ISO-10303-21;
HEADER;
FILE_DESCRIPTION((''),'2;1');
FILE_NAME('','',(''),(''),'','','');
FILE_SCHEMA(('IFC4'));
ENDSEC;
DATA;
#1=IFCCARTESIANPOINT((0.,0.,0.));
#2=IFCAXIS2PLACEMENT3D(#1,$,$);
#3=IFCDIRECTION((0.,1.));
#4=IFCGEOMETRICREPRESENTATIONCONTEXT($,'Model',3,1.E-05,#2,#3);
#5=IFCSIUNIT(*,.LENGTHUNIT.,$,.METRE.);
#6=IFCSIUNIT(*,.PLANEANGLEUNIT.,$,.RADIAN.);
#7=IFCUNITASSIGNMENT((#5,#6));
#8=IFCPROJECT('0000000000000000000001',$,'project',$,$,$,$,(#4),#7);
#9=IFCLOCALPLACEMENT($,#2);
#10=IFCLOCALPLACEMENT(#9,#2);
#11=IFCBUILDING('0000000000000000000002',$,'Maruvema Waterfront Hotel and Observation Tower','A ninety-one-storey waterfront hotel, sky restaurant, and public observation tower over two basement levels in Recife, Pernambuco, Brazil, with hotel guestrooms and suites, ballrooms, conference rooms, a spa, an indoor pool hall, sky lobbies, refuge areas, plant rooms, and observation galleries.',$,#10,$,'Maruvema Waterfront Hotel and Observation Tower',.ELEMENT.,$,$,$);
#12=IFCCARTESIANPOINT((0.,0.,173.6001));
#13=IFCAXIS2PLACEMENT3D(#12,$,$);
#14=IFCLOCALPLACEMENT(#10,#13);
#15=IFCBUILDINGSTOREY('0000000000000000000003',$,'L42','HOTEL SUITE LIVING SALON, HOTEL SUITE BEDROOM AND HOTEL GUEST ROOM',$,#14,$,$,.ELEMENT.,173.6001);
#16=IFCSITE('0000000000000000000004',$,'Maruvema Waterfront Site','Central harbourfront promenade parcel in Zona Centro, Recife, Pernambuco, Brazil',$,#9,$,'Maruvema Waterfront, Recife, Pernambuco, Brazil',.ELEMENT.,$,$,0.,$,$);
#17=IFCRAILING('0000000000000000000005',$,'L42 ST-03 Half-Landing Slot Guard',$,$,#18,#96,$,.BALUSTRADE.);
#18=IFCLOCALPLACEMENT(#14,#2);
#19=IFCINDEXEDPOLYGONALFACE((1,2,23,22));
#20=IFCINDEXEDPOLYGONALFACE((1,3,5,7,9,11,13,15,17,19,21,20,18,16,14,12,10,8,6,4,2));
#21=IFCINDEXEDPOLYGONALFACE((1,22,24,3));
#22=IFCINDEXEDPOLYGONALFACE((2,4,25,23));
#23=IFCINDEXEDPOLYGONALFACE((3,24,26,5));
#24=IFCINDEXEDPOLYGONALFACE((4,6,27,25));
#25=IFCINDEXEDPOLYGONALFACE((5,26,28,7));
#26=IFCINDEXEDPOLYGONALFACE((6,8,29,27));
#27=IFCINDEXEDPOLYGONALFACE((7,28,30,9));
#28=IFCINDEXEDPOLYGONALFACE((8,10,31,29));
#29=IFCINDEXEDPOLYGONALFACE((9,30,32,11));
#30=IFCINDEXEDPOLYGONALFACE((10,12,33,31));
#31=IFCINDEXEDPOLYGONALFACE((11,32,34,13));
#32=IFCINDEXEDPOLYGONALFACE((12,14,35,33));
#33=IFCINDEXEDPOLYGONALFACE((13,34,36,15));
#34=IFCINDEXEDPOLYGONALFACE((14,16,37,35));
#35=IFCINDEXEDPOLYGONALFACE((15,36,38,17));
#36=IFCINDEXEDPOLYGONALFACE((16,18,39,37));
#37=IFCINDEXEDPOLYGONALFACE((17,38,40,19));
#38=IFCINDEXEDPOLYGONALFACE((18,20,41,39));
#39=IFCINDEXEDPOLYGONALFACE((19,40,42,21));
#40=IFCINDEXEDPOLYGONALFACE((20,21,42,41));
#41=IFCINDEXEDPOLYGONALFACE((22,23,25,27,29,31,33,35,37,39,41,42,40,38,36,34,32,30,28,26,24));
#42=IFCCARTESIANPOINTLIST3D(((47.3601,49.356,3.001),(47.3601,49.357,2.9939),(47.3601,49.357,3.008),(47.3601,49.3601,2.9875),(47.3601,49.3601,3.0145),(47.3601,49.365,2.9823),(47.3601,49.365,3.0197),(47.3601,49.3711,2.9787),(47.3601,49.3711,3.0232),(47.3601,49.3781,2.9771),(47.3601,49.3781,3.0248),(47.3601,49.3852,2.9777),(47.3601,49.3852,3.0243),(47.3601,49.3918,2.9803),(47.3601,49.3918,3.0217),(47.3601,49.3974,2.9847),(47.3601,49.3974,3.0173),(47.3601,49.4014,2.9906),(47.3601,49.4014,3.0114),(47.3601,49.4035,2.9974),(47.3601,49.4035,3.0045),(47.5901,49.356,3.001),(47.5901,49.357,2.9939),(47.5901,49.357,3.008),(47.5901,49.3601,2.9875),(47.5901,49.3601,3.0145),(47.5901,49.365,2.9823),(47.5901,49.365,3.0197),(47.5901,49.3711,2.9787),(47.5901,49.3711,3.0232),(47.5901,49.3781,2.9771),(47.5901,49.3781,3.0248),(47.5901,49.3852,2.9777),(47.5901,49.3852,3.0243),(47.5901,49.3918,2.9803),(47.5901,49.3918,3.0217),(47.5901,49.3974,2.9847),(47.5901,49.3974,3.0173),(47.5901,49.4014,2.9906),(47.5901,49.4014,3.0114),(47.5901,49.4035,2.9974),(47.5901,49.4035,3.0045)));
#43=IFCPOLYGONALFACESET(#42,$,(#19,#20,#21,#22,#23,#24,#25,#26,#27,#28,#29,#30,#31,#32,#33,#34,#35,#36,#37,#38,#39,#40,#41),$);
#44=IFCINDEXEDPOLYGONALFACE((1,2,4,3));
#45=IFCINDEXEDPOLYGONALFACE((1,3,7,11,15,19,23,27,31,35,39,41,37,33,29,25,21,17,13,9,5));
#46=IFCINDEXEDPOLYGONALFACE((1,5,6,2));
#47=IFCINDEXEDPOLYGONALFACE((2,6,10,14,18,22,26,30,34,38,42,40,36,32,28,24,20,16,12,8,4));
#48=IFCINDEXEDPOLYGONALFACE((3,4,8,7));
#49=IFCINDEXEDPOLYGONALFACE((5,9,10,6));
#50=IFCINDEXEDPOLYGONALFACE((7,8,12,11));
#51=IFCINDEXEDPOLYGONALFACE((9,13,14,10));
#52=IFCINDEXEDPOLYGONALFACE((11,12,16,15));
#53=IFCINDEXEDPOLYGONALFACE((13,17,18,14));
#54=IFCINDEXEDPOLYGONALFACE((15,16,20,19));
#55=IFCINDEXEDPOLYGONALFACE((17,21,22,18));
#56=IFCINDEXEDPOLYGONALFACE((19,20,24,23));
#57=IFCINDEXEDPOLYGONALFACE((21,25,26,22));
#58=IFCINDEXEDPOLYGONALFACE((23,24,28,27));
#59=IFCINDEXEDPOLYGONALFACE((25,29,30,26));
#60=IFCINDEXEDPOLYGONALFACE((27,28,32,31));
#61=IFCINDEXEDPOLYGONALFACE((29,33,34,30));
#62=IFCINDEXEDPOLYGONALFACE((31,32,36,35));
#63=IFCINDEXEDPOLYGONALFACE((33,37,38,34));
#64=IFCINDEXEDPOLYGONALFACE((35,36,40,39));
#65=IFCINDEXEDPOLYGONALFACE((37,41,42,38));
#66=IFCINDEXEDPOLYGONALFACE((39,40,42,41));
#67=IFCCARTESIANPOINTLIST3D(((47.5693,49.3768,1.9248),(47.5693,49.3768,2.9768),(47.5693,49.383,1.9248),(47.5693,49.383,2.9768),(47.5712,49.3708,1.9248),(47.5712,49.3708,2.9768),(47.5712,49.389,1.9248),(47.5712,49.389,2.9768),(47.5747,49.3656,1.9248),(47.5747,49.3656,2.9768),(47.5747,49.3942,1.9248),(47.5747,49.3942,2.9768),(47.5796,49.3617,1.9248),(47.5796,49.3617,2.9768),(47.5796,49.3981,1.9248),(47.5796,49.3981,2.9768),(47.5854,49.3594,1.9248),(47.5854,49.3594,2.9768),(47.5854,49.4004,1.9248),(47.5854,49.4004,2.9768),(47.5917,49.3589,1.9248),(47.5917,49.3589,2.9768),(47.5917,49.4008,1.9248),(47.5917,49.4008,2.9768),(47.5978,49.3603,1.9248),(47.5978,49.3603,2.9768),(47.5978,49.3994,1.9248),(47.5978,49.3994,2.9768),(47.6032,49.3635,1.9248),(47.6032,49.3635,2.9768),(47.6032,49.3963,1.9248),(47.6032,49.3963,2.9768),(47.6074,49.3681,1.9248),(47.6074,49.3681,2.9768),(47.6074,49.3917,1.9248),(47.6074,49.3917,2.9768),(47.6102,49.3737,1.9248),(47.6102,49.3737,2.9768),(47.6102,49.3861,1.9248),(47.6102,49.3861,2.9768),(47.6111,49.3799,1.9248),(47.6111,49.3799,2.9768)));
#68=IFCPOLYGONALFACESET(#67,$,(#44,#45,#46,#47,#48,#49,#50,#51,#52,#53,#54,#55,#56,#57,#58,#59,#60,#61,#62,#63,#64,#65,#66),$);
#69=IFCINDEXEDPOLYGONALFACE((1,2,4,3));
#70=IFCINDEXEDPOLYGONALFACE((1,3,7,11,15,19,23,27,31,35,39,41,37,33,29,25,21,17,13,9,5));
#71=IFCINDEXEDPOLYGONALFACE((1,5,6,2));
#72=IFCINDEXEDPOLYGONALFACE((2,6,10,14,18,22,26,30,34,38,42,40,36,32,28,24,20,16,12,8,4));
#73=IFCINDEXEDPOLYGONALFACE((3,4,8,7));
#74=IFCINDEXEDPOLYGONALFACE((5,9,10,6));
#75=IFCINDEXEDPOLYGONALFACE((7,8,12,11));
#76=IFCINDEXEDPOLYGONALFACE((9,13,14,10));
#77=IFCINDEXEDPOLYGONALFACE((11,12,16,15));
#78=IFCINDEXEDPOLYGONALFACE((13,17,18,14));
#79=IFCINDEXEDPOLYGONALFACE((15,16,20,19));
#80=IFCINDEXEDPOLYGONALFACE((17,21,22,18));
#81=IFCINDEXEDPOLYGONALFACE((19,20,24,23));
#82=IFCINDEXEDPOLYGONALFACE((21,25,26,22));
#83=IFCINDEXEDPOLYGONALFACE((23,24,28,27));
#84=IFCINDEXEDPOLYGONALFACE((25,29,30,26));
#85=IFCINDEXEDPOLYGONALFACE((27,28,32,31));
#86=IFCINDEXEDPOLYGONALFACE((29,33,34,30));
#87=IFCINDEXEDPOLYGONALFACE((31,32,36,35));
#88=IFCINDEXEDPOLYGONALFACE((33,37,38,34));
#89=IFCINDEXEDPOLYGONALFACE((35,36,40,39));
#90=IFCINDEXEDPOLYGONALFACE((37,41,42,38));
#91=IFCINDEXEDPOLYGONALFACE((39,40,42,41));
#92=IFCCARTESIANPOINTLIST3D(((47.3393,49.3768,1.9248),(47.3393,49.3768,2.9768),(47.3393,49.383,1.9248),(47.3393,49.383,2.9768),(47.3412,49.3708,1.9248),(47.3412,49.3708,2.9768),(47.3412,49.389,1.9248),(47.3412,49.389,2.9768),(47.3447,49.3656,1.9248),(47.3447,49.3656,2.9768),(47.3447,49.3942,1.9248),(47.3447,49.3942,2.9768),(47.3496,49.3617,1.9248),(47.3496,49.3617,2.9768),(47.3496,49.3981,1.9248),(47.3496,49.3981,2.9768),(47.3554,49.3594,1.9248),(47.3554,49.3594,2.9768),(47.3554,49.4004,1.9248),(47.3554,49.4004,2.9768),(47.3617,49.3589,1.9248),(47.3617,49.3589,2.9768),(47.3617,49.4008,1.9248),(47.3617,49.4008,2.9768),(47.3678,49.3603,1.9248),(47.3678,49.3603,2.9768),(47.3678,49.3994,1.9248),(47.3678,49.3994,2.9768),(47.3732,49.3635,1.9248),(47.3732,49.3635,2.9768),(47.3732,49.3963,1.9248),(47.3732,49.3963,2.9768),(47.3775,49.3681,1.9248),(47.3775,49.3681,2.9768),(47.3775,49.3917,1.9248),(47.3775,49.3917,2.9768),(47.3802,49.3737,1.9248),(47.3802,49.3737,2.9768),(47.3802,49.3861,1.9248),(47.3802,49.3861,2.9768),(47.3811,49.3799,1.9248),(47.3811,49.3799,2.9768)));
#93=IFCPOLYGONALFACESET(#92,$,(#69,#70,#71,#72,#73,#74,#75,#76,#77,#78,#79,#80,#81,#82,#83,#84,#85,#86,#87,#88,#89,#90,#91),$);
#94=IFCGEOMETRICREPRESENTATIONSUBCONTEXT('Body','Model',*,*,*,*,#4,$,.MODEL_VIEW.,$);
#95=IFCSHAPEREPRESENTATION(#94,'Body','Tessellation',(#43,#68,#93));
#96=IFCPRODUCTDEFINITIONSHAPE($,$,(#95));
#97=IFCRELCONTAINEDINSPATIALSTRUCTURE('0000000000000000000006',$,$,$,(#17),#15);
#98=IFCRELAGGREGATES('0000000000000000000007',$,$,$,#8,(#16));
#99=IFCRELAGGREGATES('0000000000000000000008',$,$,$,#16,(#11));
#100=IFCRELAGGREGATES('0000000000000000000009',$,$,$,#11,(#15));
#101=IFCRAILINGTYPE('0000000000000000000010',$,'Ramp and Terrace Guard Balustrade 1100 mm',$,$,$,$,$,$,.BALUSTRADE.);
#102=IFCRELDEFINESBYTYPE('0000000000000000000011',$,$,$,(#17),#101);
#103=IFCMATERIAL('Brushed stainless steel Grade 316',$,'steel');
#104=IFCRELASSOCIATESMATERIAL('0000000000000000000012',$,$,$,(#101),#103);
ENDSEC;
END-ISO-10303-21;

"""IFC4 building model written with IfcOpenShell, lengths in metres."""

from ifc_helpers import new_model, si_unit, direction, frame, origin, origin_2d, place, context, subcontext, project, spatial, circle, extrude, material, type_object, element, save


model = new_model("IFC4")

# Units and contexts
model_context = context("Model", 3, precision=1e-05, world=origin(), true_north=direction((0.0, 1.0)))
body_context = subcontext(model_context, "Body", "Model", "MODEL_VIEW")
ifc_project = project(units=[si_unit("LENGTHUNIT", "METRE"), si_unit("PLANEANGLEUNIT", "RADIAN")], contexts=[model_context])

# Site, building, storey
site_placement = place(None, origin())
site = spatial("IfcSite", under=ifc_project, at=site_placement, Name="Maruvema Waterfront Site", Description="Central harbourfront promenade parcel in Zona Centro, Recife, Pernambuco, Brazil", LongName="Maruvema Waterfront, Recife, Pernambuco, Brazil", CompositionType="ELEMENT", RefElevation=0.0)
building_placement = place(site_placement, origin())
building = spatial("IfcBuilding", under=site, at=building_placement, Name="Maruvema Waterfront Hotel and Observation Tower", Description="A ninety-one-storey waterfront hotel, sky restaurant, and public observation tower over two basement levels in Recife, Pernambuco, Brazil, with hotel guestrooms and suites, ballrooms, conference rooms, a spa, an indoor pool hall, sky lobbies, refuge areas, plant rooms, and observation galleries.", LongName="Maruvema Waterfront Hotel and Observation Tower", CompositionType="ELEMENT")
storey_placement = place(building_placement, frame((0.0, 0.0, 173.6001)))
storey = spatial("IfcBuildingStorey", under=building, at=storey_placement, Name="L42", Description="HOTEL SUITE LIVING SALON, HOTEL SUITE BEDROOM AND HOTEL GUEST ROOM", CompositionType="ELEMENT", Elevation=173.6001)

# Railing
ifc_material_1 = material(Name="Brushed stainless steel Grade 316", Category="steel")
railing_type_1 = type_object("IfcRailingType", Name="Ramp and Terrace Guard Balustrade 1100 mm", PredefinedType="BALUSTRADE", material=ifc_material_1)
railing_1_placement = place(storey_placement, frame((47.5901, 49.3799, 1.9248)))
element("IfcRailing", 1, at=railing_1_placement, inside=storey, type_object=railing_type_1, Name="L42 ST-03 Half-Landing Slot Guard", PredefinedType="BALUSTRADE", context=body_context, shape_type="SweptSolid", body=[
    extrude(circle(Radius=0.0239, at=origin_2d()), frame((0.0, 0.0, 1.0762), z_axis=(-1.0, 0.0, 0.0), x_axis=(0.0, -1.0, 0.0)), (0.0, 0.0, 1.0), 0.23),
    extrude(circle(Radius=0.021, at=origin_2d()), origin(), (0.0, 0.0, 1.0), 1.052),
    extrude(circle(Radius=0.021, at=origin_2d()), frame((-0.23, 0.0, 0.0)), (0.0, 0.0, 1.0), 1.052),
])

save(model, "model.ifc")
